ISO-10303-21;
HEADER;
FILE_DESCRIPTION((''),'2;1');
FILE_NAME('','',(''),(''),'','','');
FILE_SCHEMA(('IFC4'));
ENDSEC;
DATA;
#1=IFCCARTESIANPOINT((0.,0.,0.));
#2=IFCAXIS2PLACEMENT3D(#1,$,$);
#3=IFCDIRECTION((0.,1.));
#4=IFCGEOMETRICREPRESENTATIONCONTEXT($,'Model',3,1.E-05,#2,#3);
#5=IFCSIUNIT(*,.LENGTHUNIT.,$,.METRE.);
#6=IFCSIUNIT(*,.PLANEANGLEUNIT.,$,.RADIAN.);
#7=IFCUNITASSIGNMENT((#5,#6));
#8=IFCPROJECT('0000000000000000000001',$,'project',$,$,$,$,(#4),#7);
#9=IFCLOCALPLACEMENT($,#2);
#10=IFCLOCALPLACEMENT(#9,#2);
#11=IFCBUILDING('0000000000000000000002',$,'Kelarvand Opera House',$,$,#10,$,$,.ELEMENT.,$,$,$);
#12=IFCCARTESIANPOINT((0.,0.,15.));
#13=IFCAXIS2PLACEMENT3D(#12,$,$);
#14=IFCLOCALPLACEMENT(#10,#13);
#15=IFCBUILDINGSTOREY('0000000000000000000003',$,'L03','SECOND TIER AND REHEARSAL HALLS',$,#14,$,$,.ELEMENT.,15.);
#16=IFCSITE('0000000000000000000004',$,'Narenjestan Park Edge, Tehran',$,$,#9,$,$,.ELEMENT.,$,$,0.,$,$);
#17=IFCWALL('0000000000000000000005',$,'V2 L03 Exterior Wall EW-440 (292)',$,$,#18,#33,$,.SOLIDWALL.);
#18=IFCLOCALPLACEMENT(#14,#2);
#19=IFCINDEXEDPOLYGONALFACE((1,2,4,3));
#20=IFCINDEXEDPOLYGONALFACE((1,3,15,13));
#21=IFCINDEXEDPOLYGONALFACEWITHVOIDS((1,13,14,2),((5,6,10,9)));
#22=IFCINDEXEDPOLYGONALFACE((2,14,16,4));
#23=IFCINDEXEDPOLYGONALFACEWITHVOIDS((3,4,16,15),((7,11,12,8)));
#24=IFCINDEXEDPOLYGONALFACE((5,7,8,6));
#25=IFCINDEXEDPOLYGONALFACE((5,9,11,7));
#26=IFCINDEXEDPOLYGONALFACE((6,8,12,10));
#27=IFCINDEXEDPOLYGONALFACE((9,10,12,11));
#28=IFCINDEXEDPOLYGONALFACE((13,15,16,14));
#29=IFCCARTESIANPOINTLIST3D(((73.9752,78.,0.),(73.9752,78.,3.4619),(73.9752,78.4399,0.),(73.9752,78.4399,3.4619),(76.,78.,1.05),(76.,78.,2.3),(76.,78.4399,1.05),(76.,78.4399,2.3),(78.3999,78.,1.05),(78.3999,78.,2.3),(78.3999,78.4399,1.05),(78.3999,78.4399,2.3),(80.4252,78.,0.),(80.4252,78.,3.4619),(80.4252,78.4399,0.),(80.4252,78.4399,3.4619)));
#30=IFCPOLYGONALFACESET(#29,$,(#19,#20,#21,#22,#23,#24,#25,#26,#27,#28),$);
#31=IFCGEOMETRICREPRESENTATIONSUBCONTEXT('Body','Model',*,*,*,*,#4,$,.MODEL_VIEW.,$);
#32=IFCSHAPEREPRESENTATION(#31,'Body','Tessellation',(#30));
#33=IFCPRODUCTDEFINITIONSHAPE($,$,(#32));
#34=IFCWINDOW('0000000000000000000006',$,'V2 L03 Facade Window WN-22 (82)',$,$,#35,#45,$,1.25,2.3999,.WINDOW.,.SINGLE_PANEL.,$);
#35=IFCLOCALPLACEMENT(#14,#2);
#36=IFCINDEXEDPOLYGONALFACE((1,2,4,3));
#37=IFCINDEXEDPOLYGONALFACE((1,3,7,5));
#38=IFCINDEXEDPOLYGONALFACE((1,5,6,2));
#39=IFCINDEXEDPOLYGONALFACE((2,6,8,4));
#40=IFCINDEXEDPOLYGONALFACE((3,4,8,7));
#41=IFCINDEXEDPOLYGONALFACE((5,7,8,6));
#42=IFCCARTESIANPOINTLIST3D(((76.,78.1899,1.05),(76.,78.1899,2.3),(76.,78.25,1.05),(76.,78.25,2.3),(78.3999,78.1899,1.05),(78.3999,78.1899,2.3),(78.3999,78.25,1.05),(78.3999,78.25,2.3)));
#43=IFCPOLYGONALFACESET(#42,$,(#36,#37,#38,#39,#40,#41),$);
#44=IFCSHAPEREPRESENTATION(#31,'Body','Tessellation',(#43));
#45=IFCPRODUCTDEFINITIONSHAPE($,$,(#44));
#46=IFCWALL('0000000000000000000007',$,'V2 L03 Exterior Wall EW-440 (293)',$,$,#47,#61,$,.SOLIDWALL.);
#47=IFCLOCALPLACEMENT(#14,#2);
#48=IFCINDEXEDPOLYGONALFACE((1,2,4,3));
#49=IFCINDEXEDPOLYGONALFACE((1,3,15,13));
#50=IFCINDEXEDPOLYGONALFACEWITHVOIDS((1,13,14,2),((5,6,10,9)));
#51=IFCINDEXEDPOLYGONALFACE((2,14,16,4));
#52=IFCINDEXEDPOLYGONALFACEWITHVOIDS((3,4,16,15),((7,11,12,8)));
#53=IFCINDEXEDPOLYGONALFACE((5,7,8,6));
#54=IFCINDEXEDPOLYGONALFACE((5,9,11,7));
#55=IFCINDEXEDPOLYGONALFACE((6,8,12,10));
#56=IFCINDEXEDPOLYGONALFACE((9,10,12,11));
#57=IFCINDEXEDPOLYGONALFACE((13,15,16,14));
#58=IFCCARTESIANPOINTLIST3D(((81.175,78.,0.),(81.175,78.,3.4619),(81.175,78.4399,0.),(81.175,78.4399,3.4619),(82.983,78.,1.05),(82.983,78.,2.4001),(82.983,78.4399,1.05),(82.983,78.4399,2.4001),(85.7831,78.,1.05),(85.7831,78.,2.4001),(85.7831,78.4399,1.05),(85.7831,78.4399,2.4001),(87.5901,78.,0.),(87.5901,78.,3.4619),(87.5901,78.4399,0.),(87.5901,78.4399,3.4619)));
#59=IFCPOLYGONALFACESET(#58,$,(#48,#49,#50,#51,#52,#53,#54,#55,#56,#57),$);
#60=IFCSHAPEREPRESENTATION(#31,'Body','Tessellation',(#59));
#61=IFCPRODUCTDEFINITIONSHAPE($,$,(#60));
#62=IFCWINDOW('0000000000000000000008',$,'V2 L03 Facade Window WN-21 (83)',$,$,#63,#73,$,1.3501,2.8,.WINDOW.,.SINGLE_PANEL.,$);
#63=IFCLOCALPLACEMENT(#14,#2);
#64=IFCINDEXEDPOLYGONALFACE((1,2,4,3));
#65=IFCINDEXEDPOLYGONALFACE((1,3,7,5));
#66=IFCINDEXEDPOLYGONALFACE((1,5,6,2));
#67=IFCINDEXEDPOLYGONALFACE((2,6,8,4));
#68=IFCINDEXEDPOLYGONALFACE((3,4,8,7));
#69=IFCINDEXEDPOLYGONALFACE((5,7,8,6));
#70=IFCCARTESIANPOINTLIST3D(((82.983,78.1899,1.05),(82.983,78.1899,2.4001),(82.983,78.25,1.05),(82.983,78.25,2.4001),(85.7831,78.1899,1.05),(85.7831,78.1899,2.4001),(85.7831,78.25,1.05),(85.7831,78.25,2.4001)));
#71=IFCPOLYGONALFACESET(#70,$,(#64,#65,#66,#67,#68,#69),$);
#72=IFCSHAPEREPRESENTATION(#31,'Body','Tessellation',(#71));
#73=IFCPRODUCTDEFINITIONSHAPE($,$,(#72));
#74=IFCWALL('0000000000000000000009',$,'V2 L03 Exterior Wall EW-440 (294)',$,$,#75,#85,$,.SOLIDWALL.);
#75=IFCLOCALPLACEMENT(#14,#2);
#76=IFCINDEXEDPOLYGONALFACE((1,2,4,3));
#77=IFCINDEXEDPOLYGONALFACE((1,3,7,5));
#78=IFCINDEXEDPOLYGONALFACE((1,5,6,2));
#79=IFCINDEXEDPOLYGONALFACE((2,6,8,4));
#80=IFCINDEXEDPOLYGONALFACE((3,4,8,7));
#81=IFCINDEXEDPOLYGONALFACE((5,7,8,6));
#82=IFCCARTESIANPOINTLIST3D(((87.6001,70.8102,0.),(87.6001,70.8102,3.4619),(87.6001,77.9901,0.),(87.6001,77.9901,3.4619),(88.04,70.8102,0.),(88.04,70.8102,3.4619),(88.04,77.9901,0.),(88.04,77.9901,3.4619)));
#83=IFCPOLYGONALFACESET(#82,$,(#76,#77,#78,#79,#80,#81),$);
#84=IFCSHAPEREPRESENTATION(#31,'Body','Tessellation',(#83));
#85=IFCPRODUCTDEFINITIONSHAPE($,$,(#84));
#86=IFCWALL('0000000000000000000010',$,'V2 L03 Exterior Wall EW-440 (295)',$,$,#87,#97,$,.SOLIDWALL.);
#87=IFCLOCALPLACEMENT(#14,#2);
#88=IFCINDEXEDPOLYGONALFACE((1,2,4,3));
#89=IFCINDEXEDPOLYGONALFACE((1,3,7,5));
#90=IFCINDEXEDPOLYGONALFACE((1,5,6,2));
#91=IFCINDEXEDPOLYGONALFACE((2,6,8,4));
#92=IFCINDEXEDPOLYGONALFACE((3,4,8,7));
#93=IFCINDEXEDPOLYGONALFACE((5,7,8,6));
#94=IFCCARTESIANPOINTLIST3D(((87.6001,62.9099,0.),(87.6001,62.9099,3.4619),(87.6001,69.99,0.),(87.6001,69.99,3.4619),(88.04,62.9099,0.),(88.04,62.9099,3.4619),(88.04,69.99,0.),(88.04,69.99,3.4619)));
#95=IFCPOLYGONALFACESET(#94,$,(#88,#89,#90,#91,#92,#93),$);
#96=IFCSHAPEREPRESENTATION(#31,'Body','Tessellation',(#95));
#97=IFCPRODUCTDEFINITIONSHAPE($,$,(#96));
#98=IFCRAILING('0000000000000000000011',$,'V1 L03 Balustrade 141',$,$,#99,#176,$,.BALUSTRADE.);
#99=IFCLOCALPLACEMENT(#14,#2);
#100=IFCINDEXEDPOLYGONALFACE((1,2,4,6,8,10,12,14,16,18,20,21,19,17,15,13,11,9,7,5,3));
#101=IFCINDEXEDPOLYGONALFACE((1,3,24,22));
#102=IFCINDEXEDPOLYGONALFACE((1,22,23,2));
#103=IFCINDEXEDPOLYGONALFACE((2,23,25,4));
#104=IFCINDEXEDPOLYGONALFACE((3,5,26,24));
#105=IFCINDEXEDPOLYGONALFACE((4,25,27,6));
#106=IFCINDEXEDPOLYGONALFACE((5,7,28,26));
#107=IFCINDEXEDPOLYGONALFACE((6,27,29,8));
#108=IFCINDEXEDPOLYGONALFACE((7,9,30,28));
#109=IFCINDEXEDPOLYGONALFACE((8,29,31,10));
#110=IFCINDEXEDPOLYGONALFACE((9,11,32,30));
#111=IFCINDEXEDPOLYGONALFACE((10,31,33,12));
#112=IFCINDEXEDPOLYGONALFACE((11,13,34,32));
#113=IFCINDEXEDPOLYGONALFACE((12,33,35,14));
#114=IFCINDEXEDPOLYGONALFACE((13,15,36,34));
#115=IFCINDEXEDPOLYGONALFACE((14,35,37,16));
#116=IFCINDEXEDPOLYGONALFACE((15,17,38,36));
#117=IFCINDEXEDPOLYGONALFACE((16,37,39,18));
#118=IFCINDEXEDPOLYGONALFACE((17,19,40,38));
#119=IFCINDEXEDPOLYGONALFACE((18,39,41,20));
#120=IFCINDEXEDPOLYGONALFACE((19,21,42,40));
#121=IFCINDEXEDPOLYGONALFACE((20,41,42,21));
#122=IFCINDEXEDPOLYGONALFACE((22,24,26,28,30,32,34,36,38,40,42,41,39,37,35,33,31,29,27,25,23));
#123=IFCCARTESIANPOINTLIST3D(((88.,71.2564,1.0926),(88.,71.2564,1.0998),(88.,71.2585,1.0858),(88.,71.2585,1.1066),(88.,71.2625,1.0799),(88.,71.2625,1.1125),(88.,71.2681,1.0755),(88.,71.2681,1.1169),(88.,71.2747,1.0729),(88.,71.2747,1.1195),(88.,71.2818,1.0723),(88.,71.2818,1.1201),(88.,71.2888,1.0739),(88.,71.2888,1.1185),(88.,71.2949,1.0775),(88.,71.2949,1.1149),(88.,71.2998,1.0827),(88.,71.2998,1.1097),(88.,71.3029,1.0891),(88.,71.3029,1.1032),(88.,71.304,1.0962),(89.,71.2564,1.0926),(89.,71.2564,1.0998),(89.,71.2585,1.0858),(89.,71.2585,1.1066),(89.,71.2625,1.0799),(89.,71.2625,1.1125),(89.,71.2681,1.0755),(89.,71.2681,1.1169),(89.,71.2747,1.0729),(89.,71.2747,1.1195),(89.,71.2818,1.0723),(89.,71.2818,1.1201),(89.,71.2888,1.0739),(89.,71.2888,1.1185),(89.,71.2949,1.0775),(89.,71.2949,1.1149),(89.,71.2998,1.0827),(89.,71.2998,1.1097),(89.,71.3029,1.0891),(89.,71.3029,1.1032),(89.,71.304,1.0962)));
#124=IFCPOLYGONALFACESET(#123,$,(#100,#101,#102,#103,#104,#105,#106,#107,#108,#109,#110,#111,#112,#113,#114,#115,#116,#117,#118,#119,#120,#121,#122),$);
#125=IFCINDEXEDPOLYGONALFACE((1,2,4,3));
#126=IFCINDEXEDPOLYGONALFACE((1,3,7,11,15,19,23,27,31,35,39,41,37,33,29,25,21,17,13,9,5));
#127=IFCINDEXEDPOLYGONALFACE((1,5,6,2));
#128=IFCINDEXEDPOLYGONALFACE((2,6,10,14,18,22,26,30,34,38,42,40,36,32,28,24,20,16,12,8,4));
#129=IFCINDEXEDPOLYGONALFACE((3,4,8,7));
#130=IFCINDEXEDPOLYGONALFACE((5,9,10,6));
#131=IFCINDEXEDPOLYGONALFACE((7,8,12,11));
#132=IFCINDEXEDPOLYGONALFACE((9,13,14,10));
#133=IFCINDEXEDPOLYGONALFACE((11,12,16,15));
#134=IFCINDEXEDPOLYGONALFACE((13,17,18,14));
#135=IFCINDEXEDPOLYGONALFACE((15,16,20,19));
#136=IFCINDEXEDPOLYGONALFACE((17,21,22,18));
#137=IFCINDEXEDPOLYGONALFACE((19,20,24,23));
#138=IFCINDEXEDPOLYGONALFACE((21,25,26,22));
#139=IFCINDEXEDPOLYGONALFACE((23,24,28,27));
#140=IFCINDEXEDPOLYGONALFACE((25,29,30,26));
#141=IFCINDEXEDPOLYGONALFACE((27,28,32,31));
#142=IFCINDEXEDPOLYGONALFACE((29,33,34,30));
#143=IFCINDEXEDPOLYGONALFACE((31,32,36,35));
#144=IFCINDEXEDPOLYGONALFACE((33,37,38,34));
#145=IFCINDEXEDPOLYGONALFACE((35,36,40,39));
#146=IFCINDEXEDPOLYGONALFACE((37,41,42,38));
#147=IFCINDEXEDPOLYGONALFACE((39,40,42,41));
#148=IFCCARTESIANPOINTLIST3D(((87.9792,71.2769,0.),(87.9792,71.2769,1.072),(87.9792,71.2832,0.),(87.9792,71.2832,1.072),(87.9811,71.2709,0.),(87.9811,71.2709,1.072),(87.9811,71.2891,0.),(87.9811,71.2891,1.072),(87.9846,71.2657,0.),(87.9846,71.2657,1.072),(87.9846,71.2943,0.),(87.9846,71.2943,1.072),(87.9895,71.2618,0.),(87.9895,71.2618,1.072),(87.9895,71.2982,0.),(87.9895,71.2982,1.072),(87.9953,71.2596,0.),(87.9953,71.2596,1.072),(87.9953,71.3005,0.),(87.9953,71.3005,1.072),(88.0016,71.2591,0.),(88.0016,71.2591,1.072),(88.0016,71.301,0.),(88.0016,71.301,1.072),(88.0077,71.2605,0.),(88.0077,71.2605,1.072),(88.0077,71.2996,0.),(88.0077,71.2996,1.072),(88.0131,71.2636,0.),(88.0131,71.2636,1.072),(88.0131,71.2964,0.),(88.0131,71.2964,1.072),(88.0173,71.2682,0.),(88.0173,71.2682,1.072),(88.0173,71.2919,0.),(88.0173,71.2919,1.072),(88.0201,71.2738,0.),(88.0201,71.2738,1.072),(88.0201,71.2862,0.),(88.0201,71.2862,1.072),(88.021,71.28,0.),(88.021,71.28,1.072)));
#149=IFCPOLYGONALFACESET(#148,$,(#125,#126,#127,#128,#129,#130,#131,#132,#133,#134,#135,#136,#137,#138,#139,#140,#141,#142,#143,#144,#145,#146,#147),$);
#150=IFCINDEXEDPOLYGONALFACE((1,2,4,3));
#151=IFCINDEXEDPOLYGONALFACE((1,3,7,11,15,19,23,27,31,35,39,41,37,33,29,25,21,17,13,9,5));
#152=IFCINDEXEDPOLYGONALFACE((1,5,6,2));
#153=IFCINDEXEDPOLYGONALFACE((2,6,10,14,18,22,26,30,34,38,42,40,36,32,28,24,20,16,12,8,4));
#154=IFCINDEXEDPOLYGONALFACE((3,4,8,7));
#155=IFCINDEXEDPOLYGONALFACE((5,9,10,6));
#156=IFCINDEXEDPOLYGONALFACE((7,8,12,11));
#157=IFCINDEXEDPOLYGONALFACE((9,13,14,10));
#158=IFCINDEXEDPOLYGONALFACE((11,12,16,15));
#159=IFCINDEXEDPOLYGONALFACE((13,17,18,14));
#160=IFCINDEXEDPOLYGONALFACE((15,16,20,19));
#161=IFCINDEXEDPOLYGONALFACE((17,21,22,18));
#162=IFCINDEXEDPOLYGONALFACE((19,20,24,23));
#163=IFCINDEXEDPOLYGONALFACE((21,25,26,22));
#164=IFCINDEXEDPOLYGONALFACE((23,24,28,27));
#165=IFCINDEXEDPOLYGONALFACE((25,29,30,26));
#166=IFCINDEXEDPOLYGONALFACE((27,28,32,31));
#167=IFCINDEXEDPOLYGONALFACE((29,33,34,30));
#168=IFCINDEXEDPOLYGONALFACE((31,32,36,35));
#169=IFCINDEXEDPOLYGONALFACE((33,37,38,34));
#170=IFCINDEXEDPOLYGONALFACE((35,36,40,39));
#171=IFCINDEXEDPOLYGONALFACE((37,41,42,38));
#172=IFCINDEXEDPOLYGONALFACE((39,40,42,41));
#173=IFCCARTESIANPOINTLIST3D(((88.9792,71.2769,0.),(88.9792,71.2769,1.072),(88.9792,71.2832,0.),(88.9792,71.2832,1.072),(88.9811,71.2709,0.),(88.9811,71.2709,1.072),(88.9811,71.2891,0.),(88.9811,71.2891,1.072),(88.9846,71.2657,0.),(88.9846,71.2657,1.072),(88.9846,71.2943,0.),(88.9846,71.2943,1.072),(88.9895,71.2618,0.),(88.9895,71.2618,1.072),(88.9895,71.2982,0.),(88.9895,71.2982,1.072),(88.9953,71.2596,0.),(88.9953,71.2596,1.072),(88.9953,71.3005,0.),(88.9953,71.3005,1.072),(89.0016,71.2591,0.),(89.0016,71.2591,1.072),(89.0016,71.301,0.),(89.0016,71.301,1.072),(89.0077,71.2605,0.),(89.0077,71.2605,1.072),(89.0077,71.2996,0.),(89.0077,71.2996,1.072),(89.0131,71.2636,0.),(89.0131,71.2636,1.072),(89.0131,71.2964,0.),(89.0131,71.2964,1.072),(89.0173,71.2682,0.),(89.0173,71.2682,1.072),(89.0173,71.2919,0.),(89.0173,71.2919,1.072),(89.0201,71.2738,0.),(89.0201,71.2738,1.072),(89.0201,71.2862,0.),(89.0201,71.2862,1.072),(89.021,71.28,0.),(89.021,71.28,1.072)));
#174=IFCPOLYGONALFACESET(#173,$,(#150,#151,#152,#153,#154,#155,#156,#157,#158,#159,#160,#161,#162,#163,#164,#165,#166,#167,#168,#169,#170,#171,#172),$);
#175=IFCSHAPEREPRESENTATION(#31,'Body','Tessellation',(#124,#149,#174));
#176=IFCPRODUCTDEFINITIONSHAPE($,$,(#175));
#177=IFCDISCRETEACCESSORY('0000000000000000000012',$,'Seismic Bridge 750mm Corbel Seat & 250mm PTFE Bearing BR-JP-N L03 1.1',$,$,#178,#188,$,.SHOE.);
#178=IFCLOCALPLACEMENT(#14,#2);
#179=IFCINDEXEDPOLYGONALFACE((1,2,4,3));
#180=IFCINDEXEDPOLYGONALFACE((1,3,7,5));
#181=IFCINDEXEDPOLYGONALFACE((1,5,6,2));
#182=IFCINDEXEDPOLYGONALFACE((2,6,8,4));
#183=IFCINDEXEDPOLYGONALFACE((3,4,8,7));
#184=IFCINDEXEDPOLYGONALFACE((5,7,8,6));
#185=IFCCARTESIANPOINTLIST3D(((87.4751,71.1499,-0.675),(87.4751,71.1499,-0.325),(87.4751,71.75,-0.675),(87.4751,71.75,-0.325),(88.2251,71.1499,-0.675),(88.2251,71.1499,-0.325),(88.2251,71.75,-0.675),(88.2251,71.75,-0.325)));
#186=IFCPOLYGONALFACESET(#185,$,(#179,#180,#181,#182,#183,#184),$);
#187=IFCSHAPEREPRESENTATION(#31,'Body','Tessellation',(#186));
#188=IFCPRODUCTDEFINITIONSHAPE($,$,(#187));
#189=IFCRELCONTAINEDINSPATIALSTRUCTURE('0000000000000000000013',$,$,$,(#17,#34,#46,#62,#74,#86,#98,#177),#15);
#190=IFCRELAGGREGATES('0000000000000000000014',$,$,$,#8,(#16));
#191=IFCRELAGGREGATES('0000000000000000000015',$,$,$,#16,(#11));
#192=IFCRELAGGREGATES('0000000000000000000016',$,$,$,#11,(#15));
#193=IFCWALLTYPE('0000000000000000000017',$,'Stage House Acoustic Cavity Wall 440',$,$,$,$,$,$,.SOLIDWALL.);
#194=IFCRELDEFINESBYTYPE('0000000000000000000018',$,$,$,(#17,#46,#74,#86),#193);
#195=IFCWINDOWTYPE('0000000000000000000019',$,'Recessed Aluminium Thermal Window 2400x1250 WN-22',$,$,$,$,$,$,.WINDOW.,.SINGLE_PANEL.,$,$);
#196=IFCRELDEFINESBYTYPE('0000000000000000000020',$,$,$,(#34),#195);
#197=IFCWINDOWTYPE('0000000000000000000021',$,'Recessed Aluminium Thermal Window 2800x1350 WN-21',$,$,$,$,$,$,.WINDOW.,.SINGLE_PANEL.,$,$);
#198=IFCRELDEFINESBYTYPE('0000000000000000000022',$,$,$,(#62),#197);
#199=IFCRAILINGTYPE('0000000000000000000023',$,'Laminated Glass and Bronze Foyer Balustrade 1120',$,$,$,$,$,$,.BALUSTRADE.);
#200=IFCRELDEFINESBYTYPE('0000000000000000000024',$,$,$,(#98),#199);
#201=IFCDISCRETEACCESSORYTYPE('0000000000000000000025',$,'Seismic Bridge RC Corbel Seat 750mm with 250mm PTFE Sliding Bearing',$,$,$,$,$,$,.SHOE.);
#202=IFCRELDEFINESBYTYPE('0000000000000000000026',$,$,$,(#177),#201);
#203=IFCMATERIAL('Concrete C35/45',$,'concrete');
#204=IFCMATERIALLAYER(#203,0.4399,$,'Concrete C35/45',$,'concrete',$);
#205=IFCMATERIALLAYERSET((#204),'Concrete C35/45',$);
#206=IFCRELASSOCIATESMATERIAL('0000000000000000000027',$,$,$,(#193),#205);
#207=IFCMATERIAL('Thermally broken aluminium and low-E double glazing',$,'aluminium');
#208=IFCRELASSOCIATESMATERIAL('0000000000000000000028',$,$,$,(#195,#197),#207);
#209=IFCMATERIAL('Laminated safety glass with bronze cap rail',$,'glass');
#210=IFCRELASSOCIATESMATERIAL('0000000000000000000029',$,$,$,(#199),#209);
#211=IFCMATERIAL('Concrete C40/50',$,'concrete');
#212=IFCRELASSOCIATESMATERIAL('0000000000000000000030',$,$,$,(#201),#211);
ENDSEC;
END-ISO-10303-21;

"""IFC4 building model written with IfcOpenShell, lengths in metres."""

from ifc_helpers import new_model, si_unit, direction, frame, frame_2d, origin, origin_2d, place, context, subcontext, project, spatial, rectangle, circle, extrude, material, layer, layer_set, type_object, element, fill, save


model = new_model("IFC4")

# Units and contexts
model_context = context("Model", 3, precision=1e-05, world=origin(), true_north=direction((0.0, 1.0)))
body_context = subcontext(model_context, "Body", "Model", "MODEL_VIEW")
ifc_project = project(units=[si_unit("LENGTHUNIT", "METRE"), si_unit("PLANEANGLEUNIT", "RADIAN")], contexts=[model_context])

# Site, building, storey
site_placement = place(None, origin())
site = spatial("IfcSite", under=ifc_project, at=site_placement, Name="Narenjestan Park Edge, Tehran", CompositionType="ELEMENT", RefElevation=0.0)
building_placement = place(site_placement, origin())
building = spatial("IfcBuilding", under=site, at=building_placement, Name="Kelarvand Opera House", CompositionType="ELEMENT")
storey_placement = place(building_placement, frame((0.0, 0.0, 15.0)))
storey = spatial("IfcBuildingStorey", under=building, at=storey_placement, Name="L03", Description="SECOND TIER AND REHEARSAL HALLS", CompositionType="ELEMENT", Elevation=15.0)

# Shared definitions
ifc_material_1 = material(Name="Concrete C40/50", Category="concrete")

# Shared definitions
ifc_material_2 = material(Name="Concrete C35/45", Category="concrete")

# Walls, openings, windows
ifc_layer_1 = layer(ifc_material_2, 0.4399, Name="Concrete C35/45", Category="concrete")
ifc_layer_set_1 = layer_set([ifc_layer_1], Name="Concrete C35/45")
wall_type_1 = type_object("IfcWallType", Name="Stage House Acoustic Cavity Wall 440", PredefinedType="SOLIDWALL", material=ifc_layer_set_1)
wall_1_placement = place(storey_placement, frame((73.9751, 78.22, 0.0), z_axis=(0.0, 0.0, 1.0), x_axis=(1.0, 0.0, 0.0)))
wall_1 = element("IfcWall", 1, at=wall_1_placement, inside=storey, type_object=wall_type_1, Name="V2 L03 Exterior Wall EW-440 (292)", PredefinedType="SOLIDWALL", context=body_context, shape_type="SweptSolid", body=[
    extrude(rectangle(XDim=6.45, YDim=0.4399, at=frame_2d((3.2251, 0.0))), origin(), (0.0, 0.0, 1.0), 3.4619),
])
opening_1_placement = place(wall_1_placement, frame((2.0249, 0.0, 1.05)))
opening_1 = element("IfcOpeningElement", 2, at=opening_1_placement, cuts=wall_1, PredefinedType="OPENING", context=body_context, shape_type="SweptSolid", body=[
    extrude(rectangle(XDim=2.3999, YDim=1.25, at=frame_2d((1.2, 0.625))), frame((0.0, 0.23, 0.0), z_axis=(0.0, -1.0, 0.0), x_axis=(1.0, 0.0, 0.0)), (0.0, 0.0, 1.0), 0.46),
])
ifc_material_3 = material(Name="Thermally broken aluminium and low-E double glazing", Category="aluminium")
window_type_1 = type_object("IfcWindowType", Name="Recessed Aluminium Thermal Window 2400x1250 WN-22", PartitioningType="SINGLE_PANEL", PredefinedType="WINDOW", material=ifc_material_3)
window_1_placement = place(opening_1_placement, origin())
window_1 = element("IfcWindow", 3, at=window_1_placement, inside=storey, type_object=window_type_1, Name="V2 L03 Facade Window WN-22 (82)", OverallHeight=1.25, OverallWidth=2.3999, PartitioningType="SINGLE_PANEL", PredefinedType="WINDOW", context=body_context, shape_type="SweptSolid", body=[
    extrude(rectangle(XDim=2.3999, YDim=1.25, at=frame_2d((1.2, 0.625))), frame((0.0, 0.03, 0.0), z_axis=(0.0, -1.0, 0.0), x_axis=(1.0, 0.0, 0.0)), (0.0, 0.0, 1.0), 0.0601),
])
fill(opening_1, window_1)
wall_2_placement = place(storey_placement, frame((81.175, 78.22, 0.0), z_axis=(0.0, 0.0, 1.0), x_axis=(1.0, 0.0, 0.0)))
wall_2 = element("IfcWall", 4, at=wall_2_placement, inside=storey, type_object=wall_type_1, Name="V2 L03 Exterior Wall EW-440 (293)", PredefinedType="SOLIDWALL", context=body_context, shape_type="SweptSolid", body=[
    extrude(rectangle(XDim=6.415, YDim=0.4399, at=frame_2d((3.2075, 0.0))), origin(), (0.0, 0.0, 1.0), 3.4619),
])
opening_2_placement = place(wall_2_placement, frame((1.8081, 0.0, 1.05)))
opening_2 = element("IfcOpeningElement", 5, at=opening_2_placement, cuts=wall_2, PredefinedType="OPENING", context=body_context, shape_type="SweptSolid", body=[
    extrude(rectangle(XDim=2.8, YDim=1.3501, at=frame_2d((1.3999, 0.675))), frame((0.0, 0.23, 0.0), z_axis=(0.0, -1.0, 0.0), x_axis=(1.0, 0.0, 0.0)), (0.0, 0.0, 1.0), 0.46),
])
window_type_2 = type_object("IfcWindowType", Name="Recessed Aluminium Thermal Window 2800x1350 WN-21", PartitioningType="SINGLE_PANEL", PredefinedType="WINDOW", material=ifc_material_3)
window_2_placement = place(opening_2_placement, origin())
window_2 = element("IfcWindow", 6, at=window_2_placement, inside=storey, type_object=window_type_2, Name="V2 L03 Facade Window WN-21 (83)", OverallHeight=1.3501, OverallWidth=2.8, PartitioningType="SINGLE_PANEL", PredefinedType="WINDOW", context=body_context, shape_type="SweptSolid", body=[
    extrude(rectangle(XDim=2.8, YDim=1.3501, at=frame_2d((1.3999, 0.675))), frame((0.0, 0.03, 0.0), z_axis=(0.0, -1.0, 0.0), x_axis=(1.0, 0.0, 0.0)), (0.0, 0.0, 1.0), 0.0601),
])
fill(opening_2, window_2)

# Walls
wall_3_placement = place(storey_placement, frame((87.8201, 77.99, 0.0), z_axis=(0.0, 0.0, 1.0), x_axis=(0.0, -1.0, 0.0)))
element("IfcWall", 7, at=wall_3_placement, inside=storey, type_object=wall_type_1, Name="V2 L03 Exterior Wall EW-440 (294)", PredefinedType="SOLIDWALL", context=body_context, shape_type="SweptSolid", body=[
    extrude(rectangle(XDim=7.1799, YDim=0.4399, at=frame_2d((3.5898, 0.0))), origin(), (0.0, 0.0, 1.0), 3.4619),
])
wall_4_placement = place(storey_placement, frame((87.8201, 69.99, 0.0), z_axis=(0.0, 0.0, 1.0), x_axis=(0.0, -1.0, 0.0)))
element("IfcWall", 8, at=wall_4_placement, inside=storey, type_object=wall_type_1, Name="V2 L03 Exterior Wall EW-440 (295)", PredefinedType="SOLIDWALL", context=body_context, shape_type="SweptSolid", body=[
    extrude(rectangle(XDim=7.0801, YDim=0.4399, at=frame_2d((3.54, 0.0))), origin(), (0.0, 0.0, 1.0), 3.4619),
])

# Railing
ifc_material_4 = material(Name="Laminated safety glass with bronze cap rail", Category="glass")
railing_type = type_object("IfcRailingType", Name="Laminated Glass and Bronze Foyer Balustrade 1120", PredefinedType="BALUSTRADE", material=ifc_material_4)
railing_placement = place(storey_placement, frame((88.0, 71.28, 0.0)))
element("IfcRailing", 9, at=railing_placement, inside=storey, type_object=railing_type, Name="V1 L03 Balustrade 141", PredefinedType="BALUSTRADE", context=body_context, shape_type="SweptSolid", body=[
    extrude(circle(Radius=0.0239, at=origin_2d()), frame((0.0, 0.0, 1.0962), z_axis=(1.0, 0.0, 0.0), x_axis=(0.0, 1.0, 0.0)), (0.0, 0.0, 1.0), 1.0),
    extrude(circle(Radius=0.021, at=origin_2d()), origin(), (0.0, 0.0, 1.0), 1.072),
    extrude(circle(Radius=0.021, at=origin_2d()), frame((1.0, 0.0, 0.0)), (0.0, 0.0, 1.0), 1.072),
])

# Discrete accessory
discrete_accessory_type_1 = type_object("IfcDiscreteAccessoryType", Name="Seismic Bridge RC Corbel Seat 750mm with 250mm PTFE Sliding Bearing", PredefinedType="SHOE", material=ifc_material_1)
for number, where, z_axis, x_axis, name in (
    (10, (87.8501, 71.45, -0.675), (0.0, 0.0, 1.0), (1.0, 0.0, 0.0), "Seismic Bridge 750mm Corbel Seat & 250mm PTFE Bearing BR-JP-N L03 1.1"),
):
    element("IfcDiscreteAccessory", number, at=place(storey_placement, frame(where, z_axis=z_axis, x_axis=x_axis)), inside=storey, type_object=discrete_accessory_type_1, Name=name, PredefinedType="SHOE", context=body_context, shape_type="SweptSolid", body=[
        extrude(rectangle(XDim=0.75, YDim=0.6001, at=origin_2d()), origin(), (0.0, 0.0, 1.0), 0.3501),
    ])

save(model, "model.ifc")
